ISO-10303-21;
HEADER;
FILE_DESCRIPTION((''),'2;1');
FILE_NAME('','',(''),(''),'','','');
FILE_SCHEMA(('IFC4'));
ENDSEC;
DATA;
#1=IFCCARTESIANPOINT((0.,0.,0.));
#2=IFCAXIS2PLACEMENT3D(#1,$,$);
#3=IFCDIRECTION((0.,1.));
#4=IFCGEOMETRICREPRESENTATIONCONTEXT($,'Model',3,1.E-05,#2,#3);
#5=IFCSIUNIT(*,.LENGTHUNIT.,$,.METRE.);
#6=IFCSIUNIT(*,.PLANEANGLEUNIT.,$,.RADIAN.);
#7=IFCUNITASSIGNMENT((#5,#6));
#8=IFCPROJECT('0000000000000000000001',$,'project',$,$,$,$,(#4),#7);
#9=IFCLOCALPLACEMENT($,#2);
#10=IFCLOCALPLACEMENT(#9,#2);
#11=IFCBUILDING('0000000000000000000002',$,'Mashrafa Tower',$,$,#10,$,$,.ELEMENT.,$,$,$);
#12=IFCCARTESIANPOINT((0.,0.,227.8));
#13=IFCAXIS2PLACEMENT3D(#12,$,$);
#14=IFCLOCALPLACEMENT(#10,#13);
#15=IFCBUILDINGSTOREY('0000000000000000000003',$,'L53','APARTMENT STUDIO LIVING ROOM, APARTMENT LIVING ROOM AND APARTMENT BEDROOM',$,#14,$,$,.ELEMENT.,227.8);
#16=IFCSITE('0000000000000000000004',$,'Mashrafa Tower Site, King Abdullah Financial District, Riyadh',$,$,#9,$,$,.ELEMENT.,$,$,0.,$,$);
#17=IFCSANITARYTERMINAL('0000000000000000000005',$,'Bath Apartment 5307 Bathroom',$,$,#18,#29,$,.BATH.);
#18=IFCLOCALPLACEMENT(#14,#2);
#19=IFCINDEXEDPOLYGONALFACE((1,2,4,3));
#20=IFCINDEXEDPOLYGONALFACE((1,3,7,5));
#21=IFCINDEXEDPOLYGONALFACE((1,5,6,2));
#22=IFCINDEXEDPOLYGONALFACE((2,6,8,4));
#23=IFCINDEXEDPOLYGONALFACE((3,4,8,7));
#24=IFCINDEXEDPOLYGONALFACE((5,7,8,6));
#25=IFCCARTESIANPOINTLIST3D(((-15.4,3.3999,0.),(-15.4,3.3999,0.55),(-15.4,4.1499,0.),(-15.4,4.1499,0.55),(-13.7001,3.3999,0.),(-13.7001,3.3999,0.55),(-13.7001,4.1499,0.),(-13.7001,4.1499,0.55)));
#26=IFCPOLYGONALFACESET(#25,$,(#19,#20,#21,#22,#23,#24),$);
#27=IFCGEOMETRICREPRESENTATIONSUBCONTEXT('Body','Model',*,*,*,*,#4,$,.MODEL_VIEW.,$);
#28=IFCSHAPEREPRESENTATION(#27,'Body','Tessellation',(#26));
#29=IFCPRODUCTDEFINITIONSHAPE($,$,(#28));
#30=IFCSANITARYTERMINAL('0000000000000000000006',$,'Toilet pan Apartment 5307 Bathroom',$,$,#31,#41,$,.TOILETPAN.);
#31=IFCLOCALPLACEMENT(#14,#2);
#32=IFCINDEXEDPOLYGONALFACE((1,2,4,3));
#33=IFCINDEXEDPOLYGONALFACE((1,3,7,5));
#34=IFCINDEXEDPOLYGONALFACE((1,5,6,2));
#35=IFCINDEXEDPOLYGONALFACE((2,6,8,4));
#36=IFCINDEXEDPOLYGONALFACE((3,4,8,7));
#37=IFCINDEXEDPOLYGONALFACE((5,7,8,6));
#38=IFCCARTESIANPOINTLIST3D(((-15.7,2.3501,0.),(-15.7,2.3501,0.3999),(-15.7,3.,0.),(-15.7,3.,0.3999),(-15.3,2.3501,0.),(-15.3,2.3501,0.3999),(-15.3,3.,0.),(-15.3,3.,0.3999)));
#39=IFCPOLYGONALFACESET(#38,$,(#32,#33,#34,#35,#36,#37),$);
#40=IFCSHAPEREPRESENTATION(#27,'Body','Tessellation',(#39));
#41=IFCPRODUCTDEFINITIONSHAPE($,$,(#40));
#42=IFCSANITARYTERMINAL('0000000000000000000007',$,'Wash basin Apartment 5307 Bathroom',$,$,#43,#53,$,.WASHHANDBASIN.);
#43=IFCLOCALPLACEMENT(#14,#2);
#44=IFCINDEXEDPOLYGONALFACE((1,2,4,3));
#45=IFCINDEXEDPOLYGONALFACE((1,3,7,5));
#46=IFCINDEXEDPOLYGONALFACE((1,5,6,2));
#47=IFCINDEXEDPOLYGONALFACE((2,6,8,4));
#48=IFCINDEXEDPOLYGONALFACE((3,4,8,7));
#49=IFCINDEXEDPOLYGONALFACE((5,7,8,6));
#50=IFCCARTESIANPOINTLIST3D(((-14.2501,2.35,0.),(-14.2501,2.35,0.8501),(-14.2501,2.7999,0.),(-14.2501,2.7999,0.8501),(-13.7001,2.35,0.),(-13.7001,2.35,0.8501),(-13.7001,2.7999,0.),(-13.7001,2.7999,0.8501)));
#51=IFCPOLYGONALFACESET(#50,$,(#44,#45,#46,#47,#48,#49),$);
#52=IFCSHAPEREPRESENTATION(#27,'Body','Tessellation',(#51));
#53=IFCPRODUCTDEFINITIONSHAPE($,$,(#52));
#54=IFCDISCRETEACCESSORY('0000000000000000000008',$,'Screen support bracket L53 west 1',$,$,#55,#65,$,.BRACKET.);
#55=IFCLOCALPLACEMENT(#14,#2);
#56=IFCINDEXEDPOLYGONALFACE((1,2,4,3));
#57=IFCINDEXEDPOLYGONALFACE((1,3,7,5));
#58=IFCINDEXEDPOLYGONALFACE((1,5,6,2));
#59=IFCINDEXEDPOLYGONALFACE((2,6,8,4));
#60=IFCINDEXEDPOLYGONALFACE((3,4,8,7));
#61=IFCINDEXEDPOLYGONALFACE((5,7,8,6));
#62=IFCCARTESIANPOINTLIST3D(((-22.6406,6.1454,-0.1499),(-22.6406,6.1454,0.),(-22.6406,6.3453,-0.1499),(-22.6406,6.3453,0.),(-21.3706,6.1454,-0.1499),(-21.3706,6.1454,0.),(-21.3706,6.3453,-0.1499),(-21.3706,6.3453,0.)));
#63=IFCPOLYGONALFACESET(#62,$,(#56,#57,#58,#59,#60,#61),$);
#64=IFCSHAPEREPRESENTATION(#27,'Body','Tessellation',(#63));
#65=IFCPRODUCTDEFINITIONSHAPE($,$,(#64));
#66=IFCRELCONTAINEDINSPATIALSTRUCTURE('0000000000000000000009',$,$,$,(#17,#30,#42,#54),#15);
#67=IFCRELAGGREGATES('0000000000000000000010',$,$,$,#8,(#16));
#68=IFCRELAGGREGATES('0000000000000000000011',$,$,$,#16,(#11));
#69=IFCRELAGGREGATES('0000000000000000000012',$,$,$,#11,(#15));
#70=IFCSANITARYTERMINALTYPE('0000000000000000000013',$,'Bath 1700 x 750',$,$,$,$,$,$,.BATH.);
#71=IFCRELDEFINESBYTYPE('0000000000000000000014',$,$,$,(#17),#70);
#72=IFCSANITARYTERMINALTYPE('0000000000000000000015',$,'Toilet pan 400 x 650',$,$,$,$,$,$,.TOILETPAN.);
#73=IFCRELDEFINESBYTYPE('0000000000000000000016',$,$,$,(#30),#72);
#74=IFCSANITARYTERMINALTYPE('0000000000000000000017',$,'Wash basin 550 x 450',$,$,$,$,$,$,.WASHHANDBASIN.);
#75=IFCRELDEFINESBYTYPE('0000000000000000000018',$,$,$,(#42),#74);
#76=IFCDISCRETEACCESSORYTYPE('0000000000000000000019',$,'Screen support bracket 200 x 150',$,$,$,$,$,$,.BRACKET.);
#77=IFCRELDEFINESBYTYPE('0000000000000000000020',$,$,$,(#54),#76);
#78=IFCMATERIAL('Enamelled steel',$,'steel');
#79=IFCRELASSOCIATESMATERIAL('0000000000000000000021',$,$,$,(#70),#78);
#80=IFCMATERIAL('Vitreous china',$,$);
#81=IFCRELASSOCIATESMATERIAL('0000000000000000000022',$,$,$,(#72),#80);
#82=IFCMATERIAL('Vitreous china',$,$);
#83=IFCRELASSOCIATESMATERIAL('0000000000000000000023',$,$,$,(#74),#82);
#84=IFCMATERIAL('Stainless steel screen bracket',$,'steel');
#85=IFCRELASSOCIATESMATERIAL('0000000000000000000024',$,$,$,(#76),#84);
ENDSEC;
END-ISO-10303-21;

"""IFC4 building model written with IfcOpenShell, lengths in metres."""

from ifc_helpers import new_model, si_unit, direction, frame, origin, origin_2d, place, context, subcontext, project, spatial, rectangle, extrude, source, transform, mapped, material, type_object, type_shapes, element, save


model = new_model("IFC4")

# Units and contexts
model_context = context("Model", 3, precision=1e-05, world=origin(), true_north=direction((0.0, 1.0)))
body_context = subcontext(model_context, "Body", "Model", "MODEL_VIEW")
ifc_project = project(units=[si_unit("LENGTHUNIT", "METRE"), si_unit("PLANEANGLEUNIT", "RADIAN")], contexts=[model_context])

# Site, building, storey
site_placement = place(None, origin())
site = spatial("IfcSite", under=ifc_project, at=site_placement, Name="Mashrafa Tower Site, King Abdullah Financial District, Riyadh", CompositionType="ELEMENT", RefElevation=0.0)
building_placement = place(site_placement, origin())
building = spatial("IfcBuilding", under=site, at=building_placement, Name="Mashrafa Tower", CompositionType="ELEMENT")
storey_placement = place(building_placement, frame((0.0, 0.0, 227.8)))
storey = spatial("IfcBuildingStorey", under=building, at=storey_placement, Name="L53", Description="APARTMENT STUDIO LIVING ROOM, APARTMENT LIVING ROOM AND APARTMENT BEDROOM", CompositionType="ELEMENT", Elevation=227.8)

# Sanitary terminals
ifc_material_1 = material(Name="Enamelled steel", Category="steel")
sanitary_terminal_type_1 = type_object("IfcSanitaryTerminalType", Name="Bath 1700 x 750", PredefinedType="BATH", material=ifc_material_1)
sanitary_terminal_1_placement = place(storey_placement, frame((-14.55, 3.7749, 0.0), z_axis=(0.0, 0.0, 1.0), x_axis=(-1.0, 0.0, 0.0)))
element("IfcSanitaryTerminal", 1, at=sanitary_terminal_1_placement, inside=storey, type_object=sanitary_terminal_type_1, Name="Bath Apartment 5307 Bathroom", PredefinedType="BATH", context=body_context, shape_type="SweptSolid", body=[
    extrude(rectangle(XDim=1.7, YDim=0.75, at=origin_2d()), origin(), (0.0, 0.0, 1.0), 0.55),
])
ifc_material_2 = material(Name="Vitreous china")
sanitary_terminal_type_2 = type_object("IfcSanitaryTerminalType", Name="Toilet pan 400 x 650", PredefinedType="TOILETPAN", material=ifc_material_2)
sanitary_terminal_2_placement = place(storey_placement, frame((-15.5, 2.675, 0.0), z_axis=(0.0, 0.0, 1.0), x_axis=(1.0, 0.0, 0.0)))
element("IfcSanitaryTerminal", 2, at=sanitary_terminal_2_placement, inside=storey, type_object=sanitary_terminal_type_2, Name="Toilet pan Apartment 5307 Bathroom", PredefinedType="TOILETPAN", context=body_context, shape_type="SweptSolid", body=[
    extrude(rectangle(XDim=0.3999, YDim=0.6499, at=origin_2d()), origin(), (0.0, 0.0, 1.0), 0.3999),
])
ifc_material_3 = material(Name="Vitreous china")
sanitary_terminal_type_3 = type_object("IfcSanitaryTerminalType", Name="Wash basin 550 x 450", PredefinedType="WASHHANDBASIN", material=ifc_material_3)
sanitary_terminal_3_placement = place(storey_placement, frame((-13.9751, 2.575, 0.0), z_axis=(0.0, 0.0, 1.0), x_axis=(1.0, 0.0, 0.0)))
element("IfcSanitaryTerminal", 3, at=sanitary_terminal_3_placement, inside=storey, type_object=sanitary_terminal_type_3, Name="Wash basin Apartment 5307 Bathroom", PredefinedType="WASHHANDBASIN", context=body_context, shape_type="SweptSolid", body=[
    extrude(rectangle(XDim=0.55, YDim=0.45, at=origin_2d()), origin(), (0.0, 0.0, 1.0), 0.8501),
])

# Discrete accessory
ifc_material_4 = material(Name="Stainless steel screen bracket", Category="steel")
discrete_accessory_type = type_object("IfcDiscreteAccessoryType", Name="Screen support bracket 200 x 150", PredefinedType="BRACKET", material=ifc_material_4)
shared_shape_1 = source(origin(), body_context, "Body", "SweptSolid", [
    extrude(rectangle(XDim=0.2, YDim=1.27, at=origin_2d()), origin(), (0.0, 0.0, 1.0), 0.1499),
])
type_shapes(discrete_accessory_type, [shared_shape_1])
discrete_accessory_placement = place(storey_placement, frame((-22.0056, 6.2454, -0.1499), z_axis=(0.0, 0.0, 1.0), x_axis=(0.0, -1.0, 0.0)))
element("IfcDiscreteAccessory", 4, at=discrete_accessory_placement, inside=storey, type_object=discrete_accessory_type, Name="Screen support bracket L53 west 1", PredefinedType="BRACKET", context=body_context, shape_type="MappedRepresentation", body=[
    mapped(shared_shape_1, transform((0.0, 0.0, 0.0))),
])

save(model, "model.ifc")
